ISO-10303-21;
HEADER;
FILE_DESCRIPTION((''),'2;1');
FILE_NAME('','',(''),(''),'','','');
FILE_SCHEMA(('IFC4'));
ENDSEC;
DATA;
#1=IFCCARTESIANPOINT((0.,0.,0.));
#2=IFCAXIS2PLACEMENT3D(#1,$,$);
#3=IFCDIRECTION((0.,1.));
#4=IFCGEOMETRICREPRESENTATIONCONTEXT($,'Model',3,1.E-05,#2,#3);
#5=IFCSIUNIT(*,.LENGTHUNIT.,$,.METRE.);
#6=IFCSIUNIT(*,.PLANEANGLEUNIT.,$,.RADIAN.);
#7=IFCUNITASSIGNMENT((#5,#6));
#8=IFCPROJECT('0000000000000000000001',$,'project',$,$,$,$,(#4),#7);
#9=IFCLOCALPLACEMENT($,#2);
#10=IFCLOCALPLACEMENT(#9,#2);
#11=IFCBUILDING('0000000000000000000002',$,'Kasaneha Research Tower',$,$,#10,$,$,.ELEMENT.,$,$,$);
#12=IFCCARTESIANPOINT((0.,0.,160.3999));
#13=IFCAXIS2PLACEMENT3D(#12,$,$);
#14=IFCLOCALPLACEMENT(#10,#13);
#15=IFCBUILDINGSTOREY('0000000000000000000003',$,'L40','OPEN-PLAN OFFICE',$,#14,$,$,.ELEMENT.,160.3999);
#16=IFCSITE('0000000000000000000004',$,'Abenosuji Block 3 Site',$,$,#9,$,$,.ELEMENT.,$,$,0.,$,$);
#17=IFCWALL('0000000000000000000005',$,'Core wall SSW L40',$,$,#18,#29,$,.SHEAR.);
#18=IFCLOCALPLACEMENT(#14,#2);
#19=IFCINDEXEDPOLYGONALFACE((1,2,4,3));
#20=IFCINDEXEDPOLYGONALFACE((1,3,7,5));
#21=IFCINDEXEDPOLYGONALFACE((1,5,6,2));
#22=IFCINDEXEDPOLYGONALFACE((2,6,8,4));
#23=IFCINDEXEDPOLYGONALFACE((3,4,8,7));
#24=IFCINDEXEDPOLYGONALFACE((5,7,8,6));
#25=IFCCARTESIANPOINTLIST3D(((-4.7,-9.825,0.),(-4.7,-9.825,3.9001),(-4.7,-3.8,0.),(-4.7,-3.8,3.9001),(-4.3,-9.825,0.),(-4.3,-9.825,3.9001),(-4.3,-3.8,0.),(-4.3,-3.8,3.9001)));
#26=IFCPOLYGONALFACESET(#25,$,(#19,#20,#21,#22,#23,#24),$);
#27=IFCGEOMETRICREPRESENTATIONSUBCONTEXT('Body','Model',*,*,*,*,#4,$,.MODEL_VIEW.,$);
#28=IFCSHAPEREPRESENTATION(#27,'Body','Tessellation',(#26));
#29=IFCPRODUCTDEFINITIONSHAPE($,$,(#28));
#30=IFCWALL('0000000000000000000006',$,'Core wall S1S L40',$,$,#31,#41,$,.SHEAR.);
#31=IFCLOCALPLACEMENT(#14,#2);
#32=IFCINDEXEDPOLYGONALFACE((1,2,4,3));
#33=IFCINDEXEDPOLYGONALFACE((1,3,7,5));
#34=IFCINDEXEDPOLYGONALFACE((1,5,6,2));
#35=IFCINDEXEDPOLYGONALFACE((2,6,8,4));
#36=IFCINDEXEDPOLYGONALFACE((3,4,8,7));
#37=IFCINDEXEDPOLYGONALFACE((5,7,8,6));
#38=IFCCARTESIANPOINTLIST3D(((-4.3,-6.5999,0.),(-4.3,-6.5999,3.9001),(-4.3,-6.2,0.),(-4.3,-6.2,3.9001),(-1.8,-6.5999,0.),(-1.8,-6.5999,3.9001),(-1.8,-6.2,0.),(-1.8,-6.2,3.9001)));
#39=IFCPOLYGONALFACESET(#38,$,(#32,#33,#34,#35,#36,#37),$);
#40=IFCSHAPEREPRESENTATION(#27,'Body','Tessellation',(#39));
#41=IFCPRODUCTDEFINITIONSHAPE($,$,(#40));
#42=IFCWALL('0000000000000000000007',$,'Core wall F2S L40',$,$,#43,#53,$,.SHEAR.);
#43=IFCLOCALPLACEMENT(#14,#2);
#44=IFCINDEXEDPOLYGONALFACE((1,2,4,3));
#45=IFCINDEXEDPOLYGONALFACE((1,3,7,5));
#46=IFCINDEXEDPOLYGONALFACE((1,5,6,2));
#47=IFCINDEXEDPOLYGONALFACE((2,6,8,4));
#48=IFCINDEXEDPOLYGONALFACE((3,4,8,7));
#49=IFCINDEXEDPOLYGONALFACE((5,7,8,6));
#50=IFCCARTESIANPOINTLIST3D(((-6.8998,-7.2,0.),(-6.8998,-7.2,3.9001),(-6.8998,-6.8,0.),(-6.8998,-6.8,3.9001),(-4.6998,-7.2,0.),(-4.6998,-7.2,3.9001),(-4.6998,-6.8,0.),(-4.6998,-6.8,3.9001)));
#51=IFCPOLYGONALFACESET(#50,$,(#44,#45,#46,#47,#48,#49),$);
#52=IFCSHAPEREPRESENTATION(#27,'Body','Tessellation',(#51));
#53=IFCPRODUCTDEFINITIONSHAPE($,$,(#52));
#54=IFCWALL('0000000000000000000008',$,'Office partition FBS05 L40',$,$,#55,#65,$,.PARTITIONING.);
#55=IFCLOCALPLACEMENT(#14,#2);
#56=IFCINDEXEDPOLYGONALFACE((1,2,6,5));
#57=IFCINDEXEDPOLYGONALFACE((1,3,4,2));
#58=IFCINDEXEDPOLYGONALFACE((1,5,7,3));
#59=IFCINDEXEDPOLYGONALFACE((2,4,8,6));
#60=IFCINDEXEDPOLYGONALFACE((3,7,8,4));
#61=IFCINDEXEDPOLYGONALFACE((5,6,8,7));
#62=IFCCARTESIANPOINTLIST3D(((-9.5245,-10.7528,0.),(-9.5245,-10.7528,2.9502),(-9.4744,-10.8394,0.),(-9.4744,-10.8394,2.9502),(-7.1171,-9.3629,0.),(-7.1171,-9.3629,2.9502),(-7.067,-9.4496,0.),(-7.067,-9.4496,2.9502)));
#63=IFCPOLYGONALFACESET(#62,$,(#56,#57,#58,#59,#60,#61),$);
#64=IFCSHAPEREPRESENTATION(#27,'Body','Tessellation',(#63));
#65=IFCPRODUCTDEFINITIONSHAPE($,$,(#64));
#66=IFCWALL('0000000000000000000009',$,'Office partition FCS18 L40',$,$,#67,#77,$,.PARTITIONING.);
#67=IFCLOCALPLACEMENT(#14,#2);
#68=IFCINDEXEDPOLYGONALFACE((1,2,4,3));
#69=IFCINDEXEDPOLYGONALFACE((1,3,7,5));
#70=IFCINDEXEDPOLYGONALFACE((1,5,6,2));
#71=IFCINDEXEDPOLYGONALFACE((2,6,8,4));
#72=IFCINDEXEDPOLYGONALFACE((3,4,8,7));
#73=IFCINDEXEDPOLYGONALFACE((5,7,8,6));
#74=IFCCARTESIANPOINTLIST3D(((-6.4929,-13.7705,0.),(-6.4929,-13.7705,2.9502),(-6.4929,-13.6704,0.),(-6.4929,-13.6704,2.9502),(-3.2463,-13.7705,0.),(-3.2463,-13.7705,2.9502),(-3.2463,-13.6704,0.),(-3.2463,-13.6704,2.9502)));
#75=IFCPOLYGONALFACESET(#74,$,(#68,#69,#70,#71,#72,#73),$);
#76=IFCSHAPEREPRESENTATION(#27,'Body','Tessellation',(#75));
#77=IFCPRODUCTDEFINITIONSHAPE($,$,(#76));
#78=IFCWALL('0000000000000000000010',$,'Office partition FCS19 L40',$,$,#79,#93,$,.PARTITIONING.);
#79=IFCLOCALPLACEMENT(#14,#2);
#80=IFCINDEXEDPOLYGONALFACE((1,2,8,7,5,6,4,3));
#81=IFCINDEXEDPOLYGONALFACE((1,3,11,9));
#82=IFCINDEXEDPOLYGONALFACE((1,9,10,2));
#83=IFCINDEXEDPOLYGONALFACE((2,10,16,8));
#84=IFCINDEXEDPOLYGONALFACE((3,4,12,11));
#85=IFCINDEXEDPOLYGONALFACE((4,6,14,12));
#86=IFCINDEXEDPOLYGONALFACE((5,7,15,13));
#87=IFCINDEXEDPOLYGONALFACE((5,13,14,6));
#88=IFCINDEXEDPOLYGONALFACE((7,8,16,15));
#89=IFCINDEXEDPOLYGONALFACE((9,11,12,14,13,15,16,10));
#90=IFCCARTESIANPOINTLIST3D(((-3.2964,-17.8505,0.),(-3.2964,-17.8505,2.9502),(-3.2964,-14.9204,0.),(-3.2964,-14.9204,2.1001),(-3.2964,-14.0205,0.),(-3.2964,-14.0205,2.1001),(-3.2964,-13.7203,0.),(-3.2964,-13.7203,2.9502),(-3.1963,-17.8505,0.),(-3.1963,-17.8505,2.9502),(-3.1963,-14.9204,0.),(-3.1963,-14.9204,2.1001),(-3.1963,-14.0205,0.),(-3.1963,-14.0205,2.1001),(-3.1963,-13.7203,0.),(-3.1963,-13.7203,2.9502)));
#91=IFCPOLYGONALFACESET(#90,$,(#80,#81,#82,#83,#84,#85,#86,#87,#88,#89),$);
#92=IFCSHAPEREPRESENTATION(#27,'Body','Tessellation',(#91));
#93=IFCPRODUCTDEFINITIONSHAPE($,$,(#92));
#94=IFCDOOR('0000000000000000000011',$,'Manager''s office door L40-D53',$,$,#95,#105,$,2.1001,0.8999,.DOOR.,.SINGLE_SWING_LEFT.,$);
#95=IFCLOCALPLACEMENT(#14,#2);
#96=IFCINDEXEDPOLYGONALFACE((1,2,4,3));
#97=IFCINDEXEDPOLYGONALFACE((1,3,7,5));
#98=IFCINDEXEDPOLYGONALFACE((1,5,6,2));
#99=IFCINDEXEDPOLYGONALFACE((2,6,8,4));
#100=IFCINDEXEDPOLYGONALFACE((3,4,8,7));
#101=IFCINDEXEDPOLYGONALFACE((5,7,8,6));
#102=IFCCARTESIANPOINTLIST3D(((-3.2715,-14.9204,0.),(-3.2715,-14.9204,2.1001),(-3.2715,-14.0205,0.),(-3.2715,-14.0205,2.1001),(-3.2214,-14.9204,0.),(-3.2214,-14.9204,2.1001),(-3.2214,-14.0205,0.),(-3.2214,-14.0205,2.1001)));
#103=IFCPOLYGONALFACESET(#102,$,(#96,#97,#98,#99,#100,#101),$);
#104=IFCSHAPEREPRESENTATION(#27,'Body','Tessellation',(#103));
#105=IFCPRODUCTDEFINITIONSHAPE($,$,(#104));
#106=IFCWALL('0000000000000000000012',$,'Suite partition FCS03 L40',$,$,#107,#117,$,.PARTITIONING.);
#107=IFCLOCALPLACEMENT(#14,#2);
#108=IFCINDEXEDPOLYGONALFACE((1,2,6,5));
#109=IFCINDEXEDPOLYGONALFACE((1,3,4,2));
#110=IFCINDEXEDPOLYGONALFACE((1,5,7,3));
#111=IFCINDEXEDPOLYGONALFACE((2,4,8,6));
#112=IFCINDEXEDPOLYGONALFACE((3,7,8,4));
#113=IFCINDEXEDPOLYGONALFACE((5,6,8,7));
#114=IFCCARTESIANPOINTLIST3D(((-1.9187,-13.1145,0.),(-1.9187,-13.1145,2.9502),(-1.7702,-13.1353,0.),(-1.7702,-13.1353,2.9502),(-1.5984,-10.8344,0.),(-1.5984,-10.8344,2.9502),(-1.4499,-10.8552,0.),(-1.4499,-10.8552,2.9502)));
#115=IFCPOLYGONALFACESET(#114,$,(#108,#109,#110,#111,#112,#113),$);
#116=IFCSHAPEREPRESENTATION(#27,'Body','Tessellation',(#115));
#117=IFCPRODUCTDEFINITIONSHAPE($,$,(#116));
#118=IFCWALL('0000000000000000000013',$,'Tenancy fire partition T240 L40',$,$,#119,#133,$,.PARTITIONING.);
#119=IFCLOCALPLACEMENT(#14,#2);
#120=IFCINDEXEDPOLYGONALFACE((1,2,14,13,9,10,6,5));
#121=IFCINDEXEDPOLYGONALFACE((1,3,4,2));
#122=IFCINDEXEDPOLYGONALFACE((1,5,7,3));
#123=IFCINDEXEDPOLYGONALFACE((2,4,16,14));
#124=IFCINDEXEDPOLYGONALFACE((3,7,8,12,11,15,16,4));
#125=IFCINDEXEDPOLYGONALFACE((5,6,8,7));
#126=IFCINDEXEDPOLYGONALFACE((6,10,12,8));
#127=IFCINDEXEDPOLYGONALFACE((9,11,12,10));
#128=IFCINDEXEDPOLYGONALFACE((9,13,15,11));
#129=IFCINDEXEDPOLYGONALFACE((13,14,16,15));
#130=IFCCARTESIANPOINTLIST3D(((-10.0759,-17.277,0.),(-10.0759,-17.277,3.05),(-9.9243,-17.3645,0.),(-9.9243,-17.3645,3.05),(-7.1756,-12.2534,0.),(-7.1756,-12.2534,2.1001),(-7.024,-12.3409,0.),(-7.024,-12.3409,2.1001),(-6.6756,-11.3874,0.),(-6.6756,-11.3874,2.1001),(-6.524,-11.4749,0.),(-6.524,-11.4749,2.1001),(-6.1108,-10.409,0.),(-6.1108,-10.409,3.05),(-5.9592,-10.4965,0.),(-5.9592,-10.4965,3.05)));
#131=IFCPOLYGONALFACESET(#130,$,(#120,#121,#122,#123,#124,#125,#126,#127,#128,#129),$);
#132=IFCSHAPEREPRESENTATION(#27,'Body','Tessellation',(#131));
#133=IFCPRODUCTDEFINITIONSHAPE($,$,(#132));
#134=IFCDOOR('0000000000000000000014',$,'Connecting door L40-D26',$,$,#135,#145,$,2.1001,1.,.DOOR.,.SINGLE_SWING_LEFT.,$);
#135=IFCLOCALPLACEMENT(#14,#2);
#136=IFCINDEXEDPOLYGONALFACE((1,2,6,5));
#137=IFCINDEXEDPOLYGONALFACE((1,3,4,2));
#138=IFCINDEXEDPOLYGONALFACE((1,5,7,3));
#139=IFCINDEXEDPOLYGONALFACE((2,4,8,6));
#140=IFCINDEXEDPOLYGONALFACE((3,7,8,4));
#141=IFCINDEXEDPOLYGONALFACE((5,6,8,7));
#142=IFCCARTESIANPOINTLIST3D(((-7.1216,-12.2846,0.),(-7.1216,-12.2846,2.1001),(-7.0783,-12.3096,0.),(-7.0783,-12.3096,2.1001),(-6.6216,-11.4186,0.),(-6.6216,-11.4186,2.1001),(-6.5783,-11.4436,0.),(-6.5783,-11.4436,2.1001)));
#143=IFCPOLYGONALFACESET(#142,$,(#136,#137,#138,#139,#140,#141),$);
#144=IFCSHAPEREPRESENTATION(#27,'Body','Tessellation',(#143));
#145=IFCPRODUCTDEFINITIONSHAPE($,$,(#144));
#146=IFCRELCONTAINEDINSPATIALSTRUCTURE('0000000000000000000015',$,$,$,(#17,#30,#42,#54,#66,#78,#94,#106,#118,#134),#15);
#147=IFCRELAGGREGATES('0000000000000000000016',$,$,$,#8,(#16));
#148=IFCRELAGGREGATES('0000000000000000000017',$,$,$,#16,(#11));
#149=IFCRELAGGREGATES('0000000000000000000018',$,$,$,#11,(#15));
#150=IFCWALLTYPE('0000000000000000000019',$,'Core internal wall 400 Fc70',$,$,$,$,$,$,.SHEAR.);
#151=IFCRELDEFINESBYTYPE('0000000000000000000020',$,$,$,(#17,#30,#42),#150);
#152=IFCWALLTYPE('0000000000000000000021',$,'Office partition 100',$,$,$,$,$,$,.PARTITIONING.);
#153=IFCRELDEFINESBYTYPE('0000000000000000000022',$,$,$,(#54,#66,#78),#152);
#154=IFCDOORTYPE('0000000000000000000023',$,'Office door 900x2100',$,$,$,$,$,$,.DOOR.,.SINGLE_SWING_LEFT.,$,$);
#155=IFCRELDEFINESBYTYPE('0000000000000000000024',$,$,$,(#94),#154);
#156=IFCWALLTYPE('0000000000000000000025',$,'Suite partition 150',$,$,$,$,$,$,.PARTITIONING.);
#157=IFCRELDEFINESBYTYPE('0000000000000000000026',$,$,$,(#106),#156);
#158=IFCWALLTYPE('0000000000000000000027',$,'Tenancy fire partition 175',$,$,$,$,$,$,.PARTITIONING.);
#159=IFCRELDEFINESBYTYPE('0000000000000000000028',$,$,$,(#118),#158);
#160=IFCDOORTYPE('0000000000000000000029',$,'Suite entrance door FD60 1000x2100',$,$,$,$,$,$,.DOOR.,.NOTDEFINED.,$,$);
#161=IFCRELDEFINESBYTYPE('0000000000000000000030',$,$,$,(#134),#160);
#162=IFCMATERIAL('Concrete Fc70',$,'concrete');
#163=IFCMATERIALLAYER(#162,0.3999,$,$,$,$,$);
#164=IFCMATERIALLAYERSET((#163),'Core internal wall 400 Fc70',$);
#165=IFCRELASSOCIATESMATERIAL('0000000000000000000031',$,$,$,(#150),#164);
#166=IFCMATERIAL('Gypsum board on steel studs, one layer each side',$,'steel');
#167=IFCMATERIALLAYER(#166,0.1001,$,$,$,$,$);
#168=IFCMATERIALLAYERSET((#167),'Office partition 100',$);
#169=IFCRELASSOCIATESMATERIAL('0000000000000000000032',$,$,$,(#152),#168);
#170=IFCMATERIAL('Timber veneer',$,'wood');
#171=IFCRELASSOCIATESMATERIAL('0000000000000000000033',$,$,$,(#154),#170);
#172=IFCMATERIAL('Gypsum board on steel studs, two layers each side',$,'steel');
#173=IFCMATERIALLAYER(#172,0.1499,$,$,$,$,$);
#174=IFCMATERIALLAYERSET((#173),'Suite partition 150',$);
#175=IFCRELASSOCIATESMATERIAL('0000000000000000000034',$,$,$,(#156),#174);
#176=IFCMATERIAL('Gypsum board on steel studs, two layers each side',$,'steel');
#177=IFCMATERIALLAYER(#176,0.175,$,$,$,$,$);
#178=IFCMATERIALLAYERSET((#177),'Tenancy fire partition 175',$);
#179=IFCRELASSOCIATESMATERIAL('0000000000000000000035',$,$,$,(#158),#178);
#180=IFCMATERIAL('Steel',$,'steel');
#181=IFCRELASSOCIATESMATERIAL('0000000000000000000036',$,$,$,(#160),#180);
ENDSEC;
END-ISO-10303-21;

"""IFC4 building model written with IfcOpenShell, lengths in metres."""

from ifc_helpers import new_model, si_unit, direction, frame, frame_2d, origin, place, context, subcontext, project, spatial, rectangle, extrude, material, layer, layer_set, type_object, element, fill, save


model = new_model("IFC4")

# Units and contexts
model_context = context("Model", 3, precision=1e-05, world=origin(), true_north=direction((0.0, 1.0)))
body_context = subcontext(model_context, "Body", "Model", "MODEL_VIEW")
ifc_project = project(units=[si_unit("LENGTHUNIT", "METRE"), si_unit("PLANEANGLEUNIT", "RADIAN")], contexts=[model_context])

# Site, building, storey
site_placement = place(None, origin())
site = spatial("IfcSite", under=ifc_project, at=site_placement, Name="Abenosuji Block 3 Site", CompositionType="ELEMENT", RefElevation=0.0)
building_placement = place(site_placement, origin())
building = spatial("IfcBuilding", under=site, at=building_placement, Name="Kasaneha Research Tower", CompositionType="ELEMENT")
storey_placement = place(building_placement, frame((0.0, 0.0, 160.3999)))
storey = spatial("IfcBuildingStorey", under=building, at=storey_placement, Name="L40", Description="OPEN-PLAN OFFICE", CompositionType="ELEMENT", Elevation=160.3999)

# Shared definitions
ifc_material_1 = material(Name="Concrete Fc70", Category="concrete")
ifc_layer_1 = layer(ifc_material_1, 0.3999)
ifc_layer_set_1 = layer_set([ifc_layer_1], Name="Core internal wall 400 Fc70")
wall_type_1 = type_object("IfcWallType", Name="Core internal wall 400 Fc70", PredefinedType="SHEAR", material=ifc_layer_set_1)

# Walls
wall_1_placement = place(storey_placement, frame((-4.5, -3.8, 0.0), z_axis=(0.0, 0.0, 1.0), x_axis=(0.0, -1.0, 0.0)))
element("IfcWall", 1, at=wall_1_placement, inside=storey, type_object=wall_type_1, Name="Core wall SSW L40", PredefinedType="SHEAR", context=body_context, shape_type="SweptSolid", body=[
    extrude(rectangle(XDim=6.0249, YDim=0.3999, at=frame_2d((3.0125, 0.0))), origin(), (0.0, 0.0, 1.0), 3.9001),
])
wall_2_placement = place(storey_placement, frame((-4.3, -6.3999, 0.0), z_axis=(0.0, 0.0, 1.0), x_axis=(1.0, 0.0, 0.0)))
element("IfcWall", 2, at=wall_2_placement, inside=storey, type_object=wall_type_1, Name="Core wall S1S L40", PredefinedType="SHEAR", context=body_context, shape_type="SweptSolid", body=[
    extrude(rectangle(XDim=2.5, YDim=0.3999, at=frame_2d((1.25, 0.0))), origin(), (0.0, 0.0, 1.0), 3.9001),
])
wall_3_placement = place(storey_placement, frame((-6.8999, -7.0, 0.0), z_axis=(0.0, 0.0, 1.0), x_axis=(1.0, 0.0, 0.0)))
element("IfcWall", 3, at=wall_3_placement, inside=storey, type_object=wall_type_1, Name="Core wall F2S L40", PredefinedType="SHEAR", context=body_context, shape_type="SweptSolid", body=[
    extrude(rectangle(XDim=2.2, YDim=0.3999, at=frame_2d((1.1001, 0.0))), origin(), (0.0, 0.0, 1.0), 3.9001),
])

# Walls
ifc_material_2 = material(Name="Gypsum board on steel studs, one layer each side", Category="steel")
ifc_layer_2 = layer(ifc_material_2, 0.1001)
ifc_layer_set_2 = layer_set([ifc_layer_2], Name="Office partition 100")
wall_type_2 = type_object("IfcWallType", Name="Office partition 100", PredefinedType="PARTITIONING", material=ifc_layer_set_2)
wall_4_placement = place(storey_placement, frame((-7.092, -9.4062, 0.0), z_axis=(0.0, 0.0, 1.0), x_axis=(-0.866035, -0.499983, 0.0)))
element("IfcWall", 4, at=wall_4_placement, inside=storey, type_object=wall_type_2, Name="Office partition FBS05 L40", PredefinedType="PARTITIONING", context=body_context, shape_type="SweptSolid", body=[
    extrude(rectangle(XDim=2.7798, YDim=0.1001, at=frame_2d((1.3899, 0.0))), origin(), (0.0, 0.0, 1.0), 2.9502),
])
wall_5_placement = place(storey_placement, frame((-6.4929, -13.7205, 0.0), z_axis=(0.0, 0.0, 1.0), x_axis=(1.0, 0.0, 0.0)))
element("IfcWall", 5, at=wall_5_placement, inside=storey, type_object=wall_type_2, Name="Office partition FCS18 L40", PredefinedType="PARTITIONING", context=body_context, shape_type="SweptSolid", body=[
    extrude(rectangle(XDim=3.2466, YDim=0.1001, at=frame_2d((1.6233, 0.0))), origin(), (0.0, 0.0, 1.0), 2.9502),
])

# Wall, opening, door
wall_6_placement = place(storey_placement, frame((-3.2463, -13.7205, 0.0), z_axis=(0.0, 0.0, 1.0), x_axis=(0.0, -1.0, 0.0)))
wall_6 = element("IfcWall", 6, at=wall_6_placement, inside=storey, type_object=wall_type_2, Name="Office partition FCS19 L40", PredefinedType="PARTITIONING", context=body_context, shape_type="SweptSolid", body=[
    extrude(rectangle(XDim=4.1301, YDim=0.1001, at=frame_2d((2.0649, 0.0))), origin(), (0.0, 0.0, 1.0), 2.9502),
])
opening_1_placement = place(wall_6_placement, frame((0.3, 0.0, 0.0)))
opening_1 = element("IfcOpeningElement", 7, at=opening_1_placement, cuts=wall_6, PredefinedType="OPENING", context=body_context, shape_type="SweptSolid", body=[
    extrude(rectangle(XDim=0.8999, YDim=2.1001, at=frame_2d((0.45, 1.05))), frame((0.0, 0.0601, 0.0), z_axis=(0.0, -1.0, 0.0), x_axis=(1.0, 0.0, 0.0)), (0.0, 0.0, 1.0), 0.1201),
])
ifc_material_3 = material(Name="Timber veneer", Category="wood")
door_type_1 = type_object("IfcDoorType", Name="Office door 900x2100", OperationType="SINGLE_SWING_LEFT", PredefinedType="DOOR", material=ifc_material_3)
door_1_placement = place(opening_1_placement, origin())
door_1 = element("IfcDoor", 8, at=door_1_placement, inside=storey, type_object=door_type_1, Name="Manager's office door L40-D53", OperationType="SINGLE_SWING_LEFT", OverallHeight=2.1001, OverallWidth=0.8999, PredefinedType="DOOR", context=body_context, shape_type="SweptSolid", body=[
    extrude(rectangle(XDim=0.8999, YDim=2.1001, at=frame_2d((0.45, 1.05))), frame((0.0, 0.0249, 0.0), z_axis=(0.0, -1.0, 0.0), x_axis=(1.0, 0.0, 0.0)), (0.0, 0.0, 1.0), 0.05),
])
fill(opening_1, door_1)

# Wall
ifc_material_4 = material(Name="Gypsum board on steel studs, two layers each side", Category="steel")
ifc_layer_3 = layer(ifc_material_4, 0.1499)
ifc_layer_set_3 = layer_set([ifc_layer_3], Name="Suite partition 150")
wall_type_3 = type_object("IfcWallType", Name="Suite partition 150", PredefinedType="PARTITIONING", material=ifc_layer_set_3)
wall_7_placement = place(storey_placement, frame((-1.8445, -13.125, 0.0), z_axis=(0.0, 0.0, 1.0), x_axis=(0.13912, 0.990276, 0.0)))
element("IfcWall", 9, at=wall_7_placement, inside=storey, type_object=wall_type_3, Name="Suite partition FCS03 L40", PredefinedType="PARTITIONING", context=body_context, shape_type="SweptSolid", body=[
    extrude(rectangle(XDim=2.3025, YDim=0.1499, at=frame_2d((1.1514, 0.0))), origin(), (0.0, 0.0, 1.0), 2.9502),
])

# Wall, opening, door
ifc_material_5 = material(Name="Gypsum board on steel studs, two layers each side", Category="steel")
ifc_layer_4 = layer(ifc_material_5, 0.175)
ifc_layer_set_4 = layer_set([ifc_layer_4], Name="Tenancy fire partition 175")
wall_type_4 = type_object("IfcWallType", Name="Tenancy fire partition 175", PredefinedType="PARTITIONING", material=ifc_layer_set_4)
wall_8_placement = place(storey_placement, frame((-6.0349, -10.4526, 0.0), z_axis=(0.0, 0.0, 1.0), x_axis=(-0.49999, -0.866031, 0.0)))
wall_8 = element("IfcWall", 10, at=wall_8_placement, inside=storey, type_object=wall_type_4, Name="Tenancy fire partition T240 L40", PredefinedType="PARTITIONING", context=body_context, shape_type="SweptSolid", body=[
    extrude(rectangle(XDim=7.9304, YDim=0.175, at=frame_2d((3.9653, 0.0))), origin(), (0.0, 0.0, 1.0), 3.05),
])
opening_2_placement = place(wall_8_placement, frame((1.1299, 0.0, 0.0)))
opening_2 = element("IfcOpeningElement", 11, at=opening_2_placement, cuts=wall_8, PredefinedType="OPENING", context=body_context, shape_type="SweptSolid", body=[
    extrude(rectangle(XDim=1.0, YDim=2.1001, at=frame_2d((0.5, 1.05))), frame((0.0, 0.0977, 0.0), z_axis=(0.0, -1.0, 0.0), x_axis=(1.0, 0.0, 0.0)), (0.0, 0.0, 1.0), 0.1951),
])
ifc_material_6 = material(Name="Steel", Category="steel")
door_type_2 = type_object("IfcDoorType", Name="Suite entrance door FD60 1000x2100", OperationType="NOTDEFINED", PredefinedType="DOOR", material=ifc_material_6)
door_2_placement = place(opening_2_placement, origin())
door_2 = element("IfcDoor", 12, at=door_2_placement, inside=storey, type_object=door_type_2, Name="Connecting door L40-D26", OperationType="SINGLE_SWING_LEFT", OverallHeight=2.1001, OverallWidth=1.0, PredefinedType="DOOR", context=body_context, shape_type="SweptSolid", body=[
    extrude(rectangle(XDim=1.0, YDim=2.1001, at=frame_2d((0.5, 1.05))), frame((0.0, 0.0249, 0.0), z_axis=(0.0, -1.0, 0.0), x_axis=(1.0, 0.0, 0.0)), (0.0, 0.0, 1.0), 0.05),
])
fill(opening_2, door_2)

save(model, "model.ifc")
